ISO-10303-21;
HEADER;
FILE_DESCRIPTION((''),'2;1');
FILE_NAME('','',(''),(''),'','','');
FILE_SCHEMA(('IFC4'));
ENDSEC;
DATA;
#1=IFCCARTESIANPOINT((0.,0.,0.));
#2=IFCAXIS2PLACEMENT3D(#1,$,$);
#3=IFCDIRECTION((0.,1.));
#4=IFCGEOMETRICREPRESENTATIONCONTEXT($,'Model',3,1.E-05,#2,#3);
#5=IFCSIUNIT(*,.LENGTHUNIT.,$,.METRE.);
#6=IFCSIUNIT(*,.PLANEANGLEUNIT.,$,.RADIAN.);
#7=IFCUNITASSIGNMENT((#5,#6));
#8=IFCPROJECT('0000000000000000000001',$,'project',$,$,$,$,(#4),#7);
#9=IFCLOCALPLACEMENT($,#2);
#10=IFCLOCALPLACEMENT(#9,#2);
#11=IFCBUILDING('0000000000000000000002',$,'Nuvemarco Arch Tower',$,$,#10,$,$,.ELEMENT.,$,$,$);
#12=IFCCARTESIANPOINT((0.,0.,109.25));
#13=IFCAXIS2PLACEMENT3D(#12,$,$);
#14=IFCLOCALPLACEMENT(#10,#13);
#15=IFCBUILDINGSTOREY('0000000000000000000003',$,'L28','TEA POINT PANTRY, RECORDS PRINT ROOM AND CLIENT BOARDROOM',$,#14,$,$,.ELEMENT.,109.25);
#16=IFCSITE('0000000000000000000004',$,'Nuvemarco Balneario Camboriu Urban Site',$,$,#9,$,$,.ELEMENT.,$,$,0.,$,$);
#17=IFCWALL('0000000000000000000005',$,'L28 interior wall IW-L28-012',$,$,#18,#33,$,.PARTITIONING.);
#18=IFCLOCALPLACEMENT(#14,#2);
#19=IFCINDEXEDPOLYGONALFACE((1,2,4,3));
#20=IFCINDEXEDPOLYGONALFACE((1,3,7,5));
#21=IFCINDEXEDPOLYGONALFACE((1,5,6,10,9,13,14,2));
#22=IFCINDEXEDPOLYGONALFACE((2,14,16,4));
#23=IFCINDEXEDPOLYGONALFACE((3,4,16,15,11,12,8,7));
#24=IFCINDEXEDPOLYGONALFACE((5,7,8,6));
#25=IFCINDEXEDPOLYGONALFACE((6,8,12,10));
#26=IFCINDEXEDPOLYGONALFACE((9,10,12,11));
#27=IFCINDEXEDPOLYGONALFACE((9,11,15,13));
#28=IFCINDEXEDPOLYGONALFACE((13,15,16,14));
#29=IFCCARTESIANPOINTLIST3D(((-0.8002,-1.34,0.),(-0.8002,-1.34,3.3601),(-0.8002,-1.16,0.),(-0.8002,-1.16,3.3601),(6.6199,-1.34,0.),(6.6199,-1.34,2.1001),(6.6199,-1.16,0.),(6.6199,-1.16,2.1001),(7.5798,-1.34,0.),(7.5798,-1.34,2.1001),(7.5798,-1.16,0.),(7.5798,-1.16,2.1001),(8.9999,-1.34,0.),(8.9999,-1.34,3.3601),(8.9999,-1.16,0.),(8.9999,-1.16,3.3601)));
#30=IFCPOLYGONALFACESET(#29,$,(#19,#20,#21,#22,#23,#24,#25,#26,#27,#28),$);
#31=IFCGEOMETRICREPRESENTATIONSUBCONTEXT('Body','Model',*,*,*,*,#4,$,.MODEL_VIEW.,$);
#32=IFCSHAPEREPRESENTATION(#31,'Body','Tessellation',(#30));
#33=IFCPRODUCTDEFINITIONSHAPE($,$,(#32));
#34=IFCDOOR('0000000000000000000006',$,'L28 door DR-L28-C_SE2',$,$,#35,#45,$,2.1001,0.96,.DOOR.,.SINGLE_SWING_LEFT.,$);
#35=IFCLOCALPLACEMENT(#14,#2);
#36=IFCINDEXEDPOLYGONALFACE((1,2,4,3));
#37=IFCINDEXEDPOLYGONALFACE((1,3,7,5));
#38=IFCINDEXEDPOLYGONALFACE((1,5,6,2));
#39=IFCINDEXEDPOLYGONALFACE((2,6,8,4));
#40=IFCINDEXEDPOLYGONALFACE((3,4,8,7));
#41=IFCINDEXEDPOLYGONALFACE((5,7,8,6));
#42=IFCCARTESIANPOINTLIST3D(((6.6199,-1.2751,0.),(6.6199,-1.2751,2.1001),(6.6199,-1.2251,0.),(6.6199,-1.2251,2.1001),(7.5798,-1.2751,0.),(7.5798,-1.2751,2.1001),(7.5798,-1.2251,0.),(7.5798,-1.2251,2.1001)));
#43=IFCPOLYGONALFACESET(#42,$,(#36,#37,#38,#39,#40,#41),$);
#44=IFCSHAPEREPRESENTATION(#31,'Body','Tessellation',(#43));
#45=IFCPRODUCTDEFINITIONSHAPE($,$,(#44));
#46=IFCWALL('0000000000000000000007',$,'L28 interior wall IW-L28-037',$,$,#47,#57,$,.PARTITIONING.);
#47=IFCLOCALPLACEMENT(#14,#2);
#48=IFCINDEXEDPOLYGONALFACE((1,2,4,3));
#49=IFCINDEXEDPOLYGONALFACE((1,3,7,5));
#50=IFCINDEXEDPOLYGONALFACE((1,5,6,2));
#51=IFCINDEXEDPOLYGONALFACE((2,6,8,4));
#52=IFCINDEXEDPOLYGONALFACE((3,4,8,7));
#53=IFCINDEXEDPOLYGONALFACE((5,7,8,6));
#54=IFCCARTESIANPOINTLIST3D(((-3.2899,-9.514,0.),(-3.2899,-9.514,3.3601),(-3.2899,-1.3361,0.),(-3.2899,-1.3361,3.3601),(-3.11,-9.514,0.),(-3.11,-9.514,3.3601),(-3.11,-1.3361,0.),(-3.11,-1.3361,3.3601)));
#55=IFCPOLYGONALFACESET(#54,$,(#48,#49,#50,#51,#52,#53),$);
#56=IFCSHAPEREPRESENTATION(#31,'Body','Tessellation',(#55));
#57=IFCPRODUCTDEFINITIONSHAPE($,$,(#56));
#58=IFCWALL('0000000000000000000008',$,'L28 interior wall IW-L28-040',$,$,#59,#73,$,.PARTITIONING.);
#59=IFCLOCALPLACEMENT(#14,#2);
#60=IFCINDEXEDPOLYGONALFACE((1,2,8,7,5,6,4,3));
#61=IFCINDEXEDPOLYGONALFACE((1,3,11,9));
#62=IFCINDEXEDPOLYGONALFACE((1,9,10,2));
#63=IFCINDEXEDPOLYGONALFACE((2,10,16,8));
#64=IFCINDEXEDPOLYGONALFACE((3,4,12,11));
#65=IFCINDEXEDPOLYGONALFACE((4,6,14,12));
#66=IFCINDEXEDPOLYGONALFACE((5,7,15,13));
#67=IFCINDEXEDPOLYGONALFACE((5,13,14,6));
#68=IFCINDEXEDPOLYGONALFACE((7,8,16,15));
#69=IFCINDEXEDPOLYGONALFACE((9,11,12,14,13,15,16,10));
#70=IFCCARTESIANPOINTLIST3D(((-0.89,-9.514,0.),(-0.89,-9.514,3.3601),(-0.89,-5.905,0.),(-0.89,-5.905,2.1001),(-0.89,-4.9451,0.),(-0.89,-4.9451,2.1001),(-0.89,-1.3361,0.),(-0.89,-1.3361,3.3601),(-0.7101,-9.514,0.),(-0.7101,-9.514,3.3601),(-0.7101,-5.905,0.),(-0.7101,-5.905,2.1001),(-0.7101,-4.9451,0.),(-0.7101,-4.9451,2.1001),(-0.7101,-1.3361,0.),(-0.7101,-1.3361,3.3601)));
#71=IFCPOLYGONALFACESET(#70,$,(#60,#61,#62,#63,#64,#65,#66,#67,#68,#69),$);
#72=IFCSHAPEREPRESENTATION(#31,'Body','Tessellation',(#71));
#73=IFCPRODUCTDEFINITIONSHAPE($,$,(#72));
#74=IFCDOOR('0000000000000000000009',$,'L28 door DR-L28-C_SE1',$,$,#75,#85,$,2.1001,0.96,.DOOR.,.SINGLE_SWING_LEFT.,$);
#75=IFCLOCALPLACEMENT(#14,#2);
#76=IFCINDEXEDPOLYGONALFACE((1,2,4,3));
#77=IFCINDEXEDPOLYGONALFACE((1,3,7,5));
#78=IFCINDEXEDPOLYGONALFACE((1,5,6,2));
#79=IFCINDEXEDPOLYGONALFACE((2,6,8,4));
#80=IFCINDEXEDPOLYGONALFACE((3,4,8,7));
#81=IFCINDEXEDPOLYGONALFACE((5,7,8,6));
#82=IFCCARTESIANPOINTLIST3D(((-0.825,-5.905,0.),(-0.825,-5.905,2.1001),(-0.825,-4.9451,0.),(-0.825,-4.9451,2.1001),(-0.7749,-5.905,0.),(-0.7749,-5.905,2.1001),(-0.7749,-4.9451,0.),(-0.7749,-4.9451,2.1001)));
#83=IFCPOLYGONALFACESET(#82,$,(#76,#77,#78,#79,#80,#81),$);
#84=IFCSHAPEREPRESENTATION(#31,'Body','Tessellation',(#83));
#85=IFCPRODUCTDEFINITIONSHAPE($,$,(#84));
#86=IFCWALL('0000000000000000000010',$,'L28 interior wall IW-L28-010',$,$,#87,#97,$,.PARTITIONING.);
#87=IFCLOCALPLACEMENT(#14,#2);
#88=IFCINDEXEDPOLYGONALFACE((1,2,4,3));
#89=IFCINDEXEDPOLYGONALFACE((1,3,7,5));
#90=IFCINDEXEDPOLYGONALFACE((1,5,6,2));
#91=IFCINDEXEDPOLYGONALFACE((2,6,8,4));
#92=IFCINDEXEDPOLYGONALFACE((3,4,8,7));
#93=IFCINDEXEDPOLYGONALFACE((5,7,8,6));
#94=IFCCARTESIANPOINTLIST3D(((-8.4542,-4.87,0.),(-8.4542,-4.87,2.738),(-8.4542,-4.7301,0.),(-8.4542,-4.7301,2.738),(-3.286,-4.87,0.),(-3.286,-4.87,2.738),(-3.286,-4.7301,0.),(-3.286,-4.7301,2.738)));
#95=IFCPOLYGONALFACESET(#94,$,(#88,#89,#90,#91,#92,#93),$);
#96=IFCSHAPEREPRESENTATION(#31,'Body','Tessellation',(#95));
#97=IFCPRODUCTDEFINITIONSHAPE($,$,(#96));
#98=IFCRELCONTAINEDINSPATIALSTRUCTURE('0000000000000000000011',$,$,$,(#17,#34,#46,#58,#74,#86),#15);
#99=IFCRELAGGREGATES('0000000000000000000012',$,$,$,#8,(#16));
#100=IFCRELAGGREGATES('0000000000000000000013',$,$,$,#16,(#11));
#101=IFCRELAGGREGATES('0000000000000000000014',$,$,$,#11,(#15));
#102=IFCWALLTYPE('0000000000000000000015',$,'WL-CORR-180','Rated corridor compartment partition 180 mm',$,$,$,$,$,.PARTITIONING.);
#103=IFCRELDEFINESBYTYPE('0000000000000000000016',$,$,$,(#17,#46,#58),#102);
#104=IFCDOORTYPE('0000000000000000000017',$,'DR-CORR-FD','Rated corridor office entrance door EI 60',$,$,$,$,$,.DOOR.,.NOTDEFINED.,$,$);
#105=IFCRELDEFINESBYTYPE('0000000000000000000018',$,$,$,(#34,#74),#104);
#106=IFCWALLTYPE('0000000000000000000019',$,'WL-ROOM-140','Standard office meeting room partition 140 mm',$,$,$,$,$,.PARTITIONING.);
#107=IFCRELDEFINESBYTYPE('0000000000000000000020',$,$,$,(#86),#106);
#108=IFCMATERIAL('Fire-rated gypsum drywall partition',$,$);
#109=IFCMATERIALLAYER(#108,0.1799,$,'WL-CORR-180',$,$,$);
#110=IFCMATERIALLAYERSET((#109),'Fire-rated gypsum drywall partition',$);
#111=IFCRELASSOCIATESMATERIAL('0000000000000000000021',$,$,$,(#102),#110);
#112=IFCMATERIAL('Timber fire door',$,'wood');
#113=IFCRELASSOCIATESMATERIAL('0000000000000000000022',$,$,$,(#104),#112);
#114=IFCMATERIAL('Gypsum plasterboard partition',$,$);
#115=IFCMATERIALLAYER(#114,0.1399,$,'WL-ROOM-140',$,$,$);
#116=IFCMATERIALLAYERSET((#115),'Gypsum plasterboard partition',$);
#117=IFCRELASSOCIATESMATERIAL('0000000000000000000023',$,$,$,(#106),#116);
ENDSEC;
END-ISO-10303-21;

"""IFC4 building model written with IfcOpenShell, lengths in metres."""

from ifc_helpers import new_model, si_unit, direction, frame, frame_2d, origin, place, context, subcontext, project, spatial, rectangle, extrude, source, transform, mapped, material, layer, layer_set, type_object, type_shapes, element, fill, save


model = new_model("IFC4")

# Units and contexts
model_context = context("Model", 3, precision=1e-05, world=origin(), true_north=direction((0.0, 1.0)))
body_context = subcontext(model_context, "Body", "Model", "MODEL_VIEW")
ifc_project = project(units=[si_unit("LENGTHUNIT", "METRE"), si_unit("PLANEANGLEUNIT", "RADIAN")], contexts=[model_context])

# Site, building, storey
site_placement = place(None, origin())
site = spatial("IfcSite", under=ifc_project, at=site_placement, Name="Nuvemarco Balneario Camboriu Urban Site", CompositionType="ELEMENT", RefElevation=0.0)
building_placement = place(site_placement, origin())
building = spatial("IfcBuilding", under=site, at=building_placement, Name="Nuvemarco Arch Tower", CompositionType="ELEMENT")
storey_placement = place(building_placement, frame((0.0, 0.0, 109.25)))
storey = spatial("IfcBuildingStorey", under=building, at=storey_placement, Name="L28", Description="TEA POINT PANTRY, RECORDS PRINT ROOM AND CLIENT BOARDROOM", CompositionType="ELEMENT", Elevation=109.25)

# Shared definitions
ifc_material_1 = material(Name="Fire-rated gypsum drywall partition")
ifc_layer_1 = layer(ifc_material_1, 0.1799, Name="WL-CORR-180")
ifc_layer_set_1 = layer_set([ifc_layer_1], Name="Fire-rated gypsum drywall partition")
wall_type_1 = type_object("IfcWallType", Name="WL-CORR-180", Description="Rated corridor compartment partition 180 mm", PredefinedType="PARTITIONING", material=ifc_layer_set_1)
ifc_material_2 = material(Name="Timber fire door", Category="wood")
door_type = type_object("IfcDoorType", Name="DR-CORR-FD", Description="Rated corridor office entrance door EI 60", OperationType="NOTDEFINED", PredefinedType="DOOR", material=ifc_material_2)
shared_shape = source(origin(), body_context, "Body", "SweptSolid", [
    extrude(rectangle(XDim=0.96, YDim=2.1001, at=frame_2d((0.48, 1.05))), frame((0.0, 0.0249, 0.0), z_axis=(0.0, -1.0, 0.0), x_axis=(1.0, 0.0, 0.0)), (0.0, 0.0, 1.0), 0.05),
])
type_shapes(door_type, [shared_shape])

# Wall, opening, door
wall_1_placement = place(storey_placement, frame((-0.8, -1.25, 0.0), z_axis=(0.0, 0.0, 1.0), x_axis=(1.0, 0.0, 0.0)))
wall_1 = element("IfcWall", 1, at=wall_1_placement, inside=storey, type_object=wall_type_1, Name="L28 interior wall IW-L28-012", PredefinedType="PARTITIONING", context=body_context, shape_type="SweptSolid", body=[
    extrude(rectangle(XDim=9.8, YDim=0.1799, at=frame_2d((4.8999, 0.0))), origin(), (0.0, 0.0, 1.0), 3.3601),
])
opening_1_placement = place(wall_1_placement, frame((7.4199, 0.0, 0.0)))
opening_1 = element("IfcOpeningElement", 2, at=opening_1_placement, cuts=wall_1, PredefinedType="OPENING", context=body_context, shape_type="SweptSolid", body=[
    extrude(rectangle(XDim=0.96, YDim=2.1001, at=frame_2d((0.48, 1.05))), frame((0.0, 0.0999, 0.0), z_axis=(0.0, -1.0, 0.0), x_axis=(1.0, 0.0, 0.0)), (0.0, 0.0, 1.0), 0.2),
])
door_1_placement = place(opening_1_placement, origin())
door_1 = element("IfcDoor", 3, at=door_1_placement, inside=storey, type_object=door_type, Name="L28 door DR-L28-C_SE2", OperationType="SINGLE_SWING_LEFT", OverallHeight=2.1001, OverallWidth=0.96, PredefinedType="DOOR", context=body_context, shape_type="MappedRepresentation", body=[
    mapped(shared_shape, transform((0.0, 0.0, 0.0), scale=1.0)),
])
fill(opening_1, door_1)

# Wall
wall_2_placement = place(storey_placement, frame((-3.2, -9.5139, 0.0), z_axis=(0.0, 0.0, 1.0), x_axis=(0.0, 1.0, 0.0)))
element("IfcWall", 4, at=wall_2_placement, inside=storey, type_object=wall_type_1, Name="L28 interior wall IW-L28-037", PredefinedType="PARTITIONING", context=body_context, shape_type="SweptSolid", body=[
    extrude(rectangle(XDim=8.178, YDim=0.1799, at=frame_2d((4.0889, 0.0))), origin(), (0.0, 0.0, 1.0), 3.3601),
])

# Wall, opening, door
wall_3_placement = place(storey_placement, frame((-0.8, -9.5139, 0.0), z_axis=(0.0, 0.0, 1.0), x_axis=(0.0, 1.0, 0.0)))
wall_3 = element("IfcWall", 5, at=wall_3_placement, inside=storey, type_object=wall_type_1, Name="L28 interior wall IW-L28-040", PredefinedType="PARTITIONING", context=body_context, shape_type="SweptSolid", body=[
    extrude(rectangle(XDim=8.178, YDim=0.1799, at=frame_2d((4.0889, 0.0))), origin(), (0.0, 0.0, 1.0), 3.3601),
])
opening_2_placement = place(wall_3_placement, frame((3.6089, 0.0, 0.0)))
opening_2 = element("IfcOpeningElement", 6, at=opening_2_placement, cuts=wall_3, PredefinedType="OPENING", context=body_context, shape_type="SweptSolid", body=[
    extrude(rectangle(XDim=0.96, YDim=2.1001, at=frame_2d((0.48, 1.05))), frame((0.0, 0.0999, 0.0), z_axis=(0.0, -1.0, 0.0), x_axis=(1.0, 0.0, 0.0)), (0.0, 0.0, 1.0), 0.2),
])
door_2_placement = place(opening_2_placement, origin())
door_2 = element("IfcDoor", 7, at=door_2_placement, inside=storey, type_object=door_type, Name="L28 door DR-L28-C_SE1", OperationType="SINGLE_SWING_LEFT", OverallHeight=2.1001, OverallWidth=0.96, PredefinedType="DOOR", context=body_context, shape_type="MappedRepresentation", body=[
    mapped(shared_shape, transform((0.0, 0.0, 0.0), scale=1.0)),
])
fill(opening_2, door_2)

# Wall
ifc_material_3 = material(Name="Gypsum plasterboard partition")
ifc_layer_2 = layer(ifc_material_3, 0.1399, Name="WL-ROOM-140")
ifc_layer_set_2 = layer_set([ifc_layer_2], Name="Gypsum plasterboard partition")
wall_type_2 = type_object("IfcWallType", Name="WL-ROOM-140", Description="Standard office meeting room partition 140 mm", PredefinedType="PARTITIONING", material=ifc_layer_set_2)
wall_4_placement = place(storey_placement, frame((-8.4541, -4.8, 0.0), z_axis=(0.0, 0.0, 1.0), x_axis=(1.0, 0.0, 0.0)))
element("IfcWall", 8, at=wall_4_placement, inside=storey, type_object=wall_type_2, Name="L28 interior wall IW-L28-010", PredefinedType="PARTITIONING", context=body_context, shape_type="SweptSolid", body=[
    extrude(rectangle(XDim=5.1682, YDim=0.1399, at=frame_2d((2.584, 0.0))), origin(), (0.0, 0.0, 1.0), 2.738),
])

save(model, "model.ifc")
